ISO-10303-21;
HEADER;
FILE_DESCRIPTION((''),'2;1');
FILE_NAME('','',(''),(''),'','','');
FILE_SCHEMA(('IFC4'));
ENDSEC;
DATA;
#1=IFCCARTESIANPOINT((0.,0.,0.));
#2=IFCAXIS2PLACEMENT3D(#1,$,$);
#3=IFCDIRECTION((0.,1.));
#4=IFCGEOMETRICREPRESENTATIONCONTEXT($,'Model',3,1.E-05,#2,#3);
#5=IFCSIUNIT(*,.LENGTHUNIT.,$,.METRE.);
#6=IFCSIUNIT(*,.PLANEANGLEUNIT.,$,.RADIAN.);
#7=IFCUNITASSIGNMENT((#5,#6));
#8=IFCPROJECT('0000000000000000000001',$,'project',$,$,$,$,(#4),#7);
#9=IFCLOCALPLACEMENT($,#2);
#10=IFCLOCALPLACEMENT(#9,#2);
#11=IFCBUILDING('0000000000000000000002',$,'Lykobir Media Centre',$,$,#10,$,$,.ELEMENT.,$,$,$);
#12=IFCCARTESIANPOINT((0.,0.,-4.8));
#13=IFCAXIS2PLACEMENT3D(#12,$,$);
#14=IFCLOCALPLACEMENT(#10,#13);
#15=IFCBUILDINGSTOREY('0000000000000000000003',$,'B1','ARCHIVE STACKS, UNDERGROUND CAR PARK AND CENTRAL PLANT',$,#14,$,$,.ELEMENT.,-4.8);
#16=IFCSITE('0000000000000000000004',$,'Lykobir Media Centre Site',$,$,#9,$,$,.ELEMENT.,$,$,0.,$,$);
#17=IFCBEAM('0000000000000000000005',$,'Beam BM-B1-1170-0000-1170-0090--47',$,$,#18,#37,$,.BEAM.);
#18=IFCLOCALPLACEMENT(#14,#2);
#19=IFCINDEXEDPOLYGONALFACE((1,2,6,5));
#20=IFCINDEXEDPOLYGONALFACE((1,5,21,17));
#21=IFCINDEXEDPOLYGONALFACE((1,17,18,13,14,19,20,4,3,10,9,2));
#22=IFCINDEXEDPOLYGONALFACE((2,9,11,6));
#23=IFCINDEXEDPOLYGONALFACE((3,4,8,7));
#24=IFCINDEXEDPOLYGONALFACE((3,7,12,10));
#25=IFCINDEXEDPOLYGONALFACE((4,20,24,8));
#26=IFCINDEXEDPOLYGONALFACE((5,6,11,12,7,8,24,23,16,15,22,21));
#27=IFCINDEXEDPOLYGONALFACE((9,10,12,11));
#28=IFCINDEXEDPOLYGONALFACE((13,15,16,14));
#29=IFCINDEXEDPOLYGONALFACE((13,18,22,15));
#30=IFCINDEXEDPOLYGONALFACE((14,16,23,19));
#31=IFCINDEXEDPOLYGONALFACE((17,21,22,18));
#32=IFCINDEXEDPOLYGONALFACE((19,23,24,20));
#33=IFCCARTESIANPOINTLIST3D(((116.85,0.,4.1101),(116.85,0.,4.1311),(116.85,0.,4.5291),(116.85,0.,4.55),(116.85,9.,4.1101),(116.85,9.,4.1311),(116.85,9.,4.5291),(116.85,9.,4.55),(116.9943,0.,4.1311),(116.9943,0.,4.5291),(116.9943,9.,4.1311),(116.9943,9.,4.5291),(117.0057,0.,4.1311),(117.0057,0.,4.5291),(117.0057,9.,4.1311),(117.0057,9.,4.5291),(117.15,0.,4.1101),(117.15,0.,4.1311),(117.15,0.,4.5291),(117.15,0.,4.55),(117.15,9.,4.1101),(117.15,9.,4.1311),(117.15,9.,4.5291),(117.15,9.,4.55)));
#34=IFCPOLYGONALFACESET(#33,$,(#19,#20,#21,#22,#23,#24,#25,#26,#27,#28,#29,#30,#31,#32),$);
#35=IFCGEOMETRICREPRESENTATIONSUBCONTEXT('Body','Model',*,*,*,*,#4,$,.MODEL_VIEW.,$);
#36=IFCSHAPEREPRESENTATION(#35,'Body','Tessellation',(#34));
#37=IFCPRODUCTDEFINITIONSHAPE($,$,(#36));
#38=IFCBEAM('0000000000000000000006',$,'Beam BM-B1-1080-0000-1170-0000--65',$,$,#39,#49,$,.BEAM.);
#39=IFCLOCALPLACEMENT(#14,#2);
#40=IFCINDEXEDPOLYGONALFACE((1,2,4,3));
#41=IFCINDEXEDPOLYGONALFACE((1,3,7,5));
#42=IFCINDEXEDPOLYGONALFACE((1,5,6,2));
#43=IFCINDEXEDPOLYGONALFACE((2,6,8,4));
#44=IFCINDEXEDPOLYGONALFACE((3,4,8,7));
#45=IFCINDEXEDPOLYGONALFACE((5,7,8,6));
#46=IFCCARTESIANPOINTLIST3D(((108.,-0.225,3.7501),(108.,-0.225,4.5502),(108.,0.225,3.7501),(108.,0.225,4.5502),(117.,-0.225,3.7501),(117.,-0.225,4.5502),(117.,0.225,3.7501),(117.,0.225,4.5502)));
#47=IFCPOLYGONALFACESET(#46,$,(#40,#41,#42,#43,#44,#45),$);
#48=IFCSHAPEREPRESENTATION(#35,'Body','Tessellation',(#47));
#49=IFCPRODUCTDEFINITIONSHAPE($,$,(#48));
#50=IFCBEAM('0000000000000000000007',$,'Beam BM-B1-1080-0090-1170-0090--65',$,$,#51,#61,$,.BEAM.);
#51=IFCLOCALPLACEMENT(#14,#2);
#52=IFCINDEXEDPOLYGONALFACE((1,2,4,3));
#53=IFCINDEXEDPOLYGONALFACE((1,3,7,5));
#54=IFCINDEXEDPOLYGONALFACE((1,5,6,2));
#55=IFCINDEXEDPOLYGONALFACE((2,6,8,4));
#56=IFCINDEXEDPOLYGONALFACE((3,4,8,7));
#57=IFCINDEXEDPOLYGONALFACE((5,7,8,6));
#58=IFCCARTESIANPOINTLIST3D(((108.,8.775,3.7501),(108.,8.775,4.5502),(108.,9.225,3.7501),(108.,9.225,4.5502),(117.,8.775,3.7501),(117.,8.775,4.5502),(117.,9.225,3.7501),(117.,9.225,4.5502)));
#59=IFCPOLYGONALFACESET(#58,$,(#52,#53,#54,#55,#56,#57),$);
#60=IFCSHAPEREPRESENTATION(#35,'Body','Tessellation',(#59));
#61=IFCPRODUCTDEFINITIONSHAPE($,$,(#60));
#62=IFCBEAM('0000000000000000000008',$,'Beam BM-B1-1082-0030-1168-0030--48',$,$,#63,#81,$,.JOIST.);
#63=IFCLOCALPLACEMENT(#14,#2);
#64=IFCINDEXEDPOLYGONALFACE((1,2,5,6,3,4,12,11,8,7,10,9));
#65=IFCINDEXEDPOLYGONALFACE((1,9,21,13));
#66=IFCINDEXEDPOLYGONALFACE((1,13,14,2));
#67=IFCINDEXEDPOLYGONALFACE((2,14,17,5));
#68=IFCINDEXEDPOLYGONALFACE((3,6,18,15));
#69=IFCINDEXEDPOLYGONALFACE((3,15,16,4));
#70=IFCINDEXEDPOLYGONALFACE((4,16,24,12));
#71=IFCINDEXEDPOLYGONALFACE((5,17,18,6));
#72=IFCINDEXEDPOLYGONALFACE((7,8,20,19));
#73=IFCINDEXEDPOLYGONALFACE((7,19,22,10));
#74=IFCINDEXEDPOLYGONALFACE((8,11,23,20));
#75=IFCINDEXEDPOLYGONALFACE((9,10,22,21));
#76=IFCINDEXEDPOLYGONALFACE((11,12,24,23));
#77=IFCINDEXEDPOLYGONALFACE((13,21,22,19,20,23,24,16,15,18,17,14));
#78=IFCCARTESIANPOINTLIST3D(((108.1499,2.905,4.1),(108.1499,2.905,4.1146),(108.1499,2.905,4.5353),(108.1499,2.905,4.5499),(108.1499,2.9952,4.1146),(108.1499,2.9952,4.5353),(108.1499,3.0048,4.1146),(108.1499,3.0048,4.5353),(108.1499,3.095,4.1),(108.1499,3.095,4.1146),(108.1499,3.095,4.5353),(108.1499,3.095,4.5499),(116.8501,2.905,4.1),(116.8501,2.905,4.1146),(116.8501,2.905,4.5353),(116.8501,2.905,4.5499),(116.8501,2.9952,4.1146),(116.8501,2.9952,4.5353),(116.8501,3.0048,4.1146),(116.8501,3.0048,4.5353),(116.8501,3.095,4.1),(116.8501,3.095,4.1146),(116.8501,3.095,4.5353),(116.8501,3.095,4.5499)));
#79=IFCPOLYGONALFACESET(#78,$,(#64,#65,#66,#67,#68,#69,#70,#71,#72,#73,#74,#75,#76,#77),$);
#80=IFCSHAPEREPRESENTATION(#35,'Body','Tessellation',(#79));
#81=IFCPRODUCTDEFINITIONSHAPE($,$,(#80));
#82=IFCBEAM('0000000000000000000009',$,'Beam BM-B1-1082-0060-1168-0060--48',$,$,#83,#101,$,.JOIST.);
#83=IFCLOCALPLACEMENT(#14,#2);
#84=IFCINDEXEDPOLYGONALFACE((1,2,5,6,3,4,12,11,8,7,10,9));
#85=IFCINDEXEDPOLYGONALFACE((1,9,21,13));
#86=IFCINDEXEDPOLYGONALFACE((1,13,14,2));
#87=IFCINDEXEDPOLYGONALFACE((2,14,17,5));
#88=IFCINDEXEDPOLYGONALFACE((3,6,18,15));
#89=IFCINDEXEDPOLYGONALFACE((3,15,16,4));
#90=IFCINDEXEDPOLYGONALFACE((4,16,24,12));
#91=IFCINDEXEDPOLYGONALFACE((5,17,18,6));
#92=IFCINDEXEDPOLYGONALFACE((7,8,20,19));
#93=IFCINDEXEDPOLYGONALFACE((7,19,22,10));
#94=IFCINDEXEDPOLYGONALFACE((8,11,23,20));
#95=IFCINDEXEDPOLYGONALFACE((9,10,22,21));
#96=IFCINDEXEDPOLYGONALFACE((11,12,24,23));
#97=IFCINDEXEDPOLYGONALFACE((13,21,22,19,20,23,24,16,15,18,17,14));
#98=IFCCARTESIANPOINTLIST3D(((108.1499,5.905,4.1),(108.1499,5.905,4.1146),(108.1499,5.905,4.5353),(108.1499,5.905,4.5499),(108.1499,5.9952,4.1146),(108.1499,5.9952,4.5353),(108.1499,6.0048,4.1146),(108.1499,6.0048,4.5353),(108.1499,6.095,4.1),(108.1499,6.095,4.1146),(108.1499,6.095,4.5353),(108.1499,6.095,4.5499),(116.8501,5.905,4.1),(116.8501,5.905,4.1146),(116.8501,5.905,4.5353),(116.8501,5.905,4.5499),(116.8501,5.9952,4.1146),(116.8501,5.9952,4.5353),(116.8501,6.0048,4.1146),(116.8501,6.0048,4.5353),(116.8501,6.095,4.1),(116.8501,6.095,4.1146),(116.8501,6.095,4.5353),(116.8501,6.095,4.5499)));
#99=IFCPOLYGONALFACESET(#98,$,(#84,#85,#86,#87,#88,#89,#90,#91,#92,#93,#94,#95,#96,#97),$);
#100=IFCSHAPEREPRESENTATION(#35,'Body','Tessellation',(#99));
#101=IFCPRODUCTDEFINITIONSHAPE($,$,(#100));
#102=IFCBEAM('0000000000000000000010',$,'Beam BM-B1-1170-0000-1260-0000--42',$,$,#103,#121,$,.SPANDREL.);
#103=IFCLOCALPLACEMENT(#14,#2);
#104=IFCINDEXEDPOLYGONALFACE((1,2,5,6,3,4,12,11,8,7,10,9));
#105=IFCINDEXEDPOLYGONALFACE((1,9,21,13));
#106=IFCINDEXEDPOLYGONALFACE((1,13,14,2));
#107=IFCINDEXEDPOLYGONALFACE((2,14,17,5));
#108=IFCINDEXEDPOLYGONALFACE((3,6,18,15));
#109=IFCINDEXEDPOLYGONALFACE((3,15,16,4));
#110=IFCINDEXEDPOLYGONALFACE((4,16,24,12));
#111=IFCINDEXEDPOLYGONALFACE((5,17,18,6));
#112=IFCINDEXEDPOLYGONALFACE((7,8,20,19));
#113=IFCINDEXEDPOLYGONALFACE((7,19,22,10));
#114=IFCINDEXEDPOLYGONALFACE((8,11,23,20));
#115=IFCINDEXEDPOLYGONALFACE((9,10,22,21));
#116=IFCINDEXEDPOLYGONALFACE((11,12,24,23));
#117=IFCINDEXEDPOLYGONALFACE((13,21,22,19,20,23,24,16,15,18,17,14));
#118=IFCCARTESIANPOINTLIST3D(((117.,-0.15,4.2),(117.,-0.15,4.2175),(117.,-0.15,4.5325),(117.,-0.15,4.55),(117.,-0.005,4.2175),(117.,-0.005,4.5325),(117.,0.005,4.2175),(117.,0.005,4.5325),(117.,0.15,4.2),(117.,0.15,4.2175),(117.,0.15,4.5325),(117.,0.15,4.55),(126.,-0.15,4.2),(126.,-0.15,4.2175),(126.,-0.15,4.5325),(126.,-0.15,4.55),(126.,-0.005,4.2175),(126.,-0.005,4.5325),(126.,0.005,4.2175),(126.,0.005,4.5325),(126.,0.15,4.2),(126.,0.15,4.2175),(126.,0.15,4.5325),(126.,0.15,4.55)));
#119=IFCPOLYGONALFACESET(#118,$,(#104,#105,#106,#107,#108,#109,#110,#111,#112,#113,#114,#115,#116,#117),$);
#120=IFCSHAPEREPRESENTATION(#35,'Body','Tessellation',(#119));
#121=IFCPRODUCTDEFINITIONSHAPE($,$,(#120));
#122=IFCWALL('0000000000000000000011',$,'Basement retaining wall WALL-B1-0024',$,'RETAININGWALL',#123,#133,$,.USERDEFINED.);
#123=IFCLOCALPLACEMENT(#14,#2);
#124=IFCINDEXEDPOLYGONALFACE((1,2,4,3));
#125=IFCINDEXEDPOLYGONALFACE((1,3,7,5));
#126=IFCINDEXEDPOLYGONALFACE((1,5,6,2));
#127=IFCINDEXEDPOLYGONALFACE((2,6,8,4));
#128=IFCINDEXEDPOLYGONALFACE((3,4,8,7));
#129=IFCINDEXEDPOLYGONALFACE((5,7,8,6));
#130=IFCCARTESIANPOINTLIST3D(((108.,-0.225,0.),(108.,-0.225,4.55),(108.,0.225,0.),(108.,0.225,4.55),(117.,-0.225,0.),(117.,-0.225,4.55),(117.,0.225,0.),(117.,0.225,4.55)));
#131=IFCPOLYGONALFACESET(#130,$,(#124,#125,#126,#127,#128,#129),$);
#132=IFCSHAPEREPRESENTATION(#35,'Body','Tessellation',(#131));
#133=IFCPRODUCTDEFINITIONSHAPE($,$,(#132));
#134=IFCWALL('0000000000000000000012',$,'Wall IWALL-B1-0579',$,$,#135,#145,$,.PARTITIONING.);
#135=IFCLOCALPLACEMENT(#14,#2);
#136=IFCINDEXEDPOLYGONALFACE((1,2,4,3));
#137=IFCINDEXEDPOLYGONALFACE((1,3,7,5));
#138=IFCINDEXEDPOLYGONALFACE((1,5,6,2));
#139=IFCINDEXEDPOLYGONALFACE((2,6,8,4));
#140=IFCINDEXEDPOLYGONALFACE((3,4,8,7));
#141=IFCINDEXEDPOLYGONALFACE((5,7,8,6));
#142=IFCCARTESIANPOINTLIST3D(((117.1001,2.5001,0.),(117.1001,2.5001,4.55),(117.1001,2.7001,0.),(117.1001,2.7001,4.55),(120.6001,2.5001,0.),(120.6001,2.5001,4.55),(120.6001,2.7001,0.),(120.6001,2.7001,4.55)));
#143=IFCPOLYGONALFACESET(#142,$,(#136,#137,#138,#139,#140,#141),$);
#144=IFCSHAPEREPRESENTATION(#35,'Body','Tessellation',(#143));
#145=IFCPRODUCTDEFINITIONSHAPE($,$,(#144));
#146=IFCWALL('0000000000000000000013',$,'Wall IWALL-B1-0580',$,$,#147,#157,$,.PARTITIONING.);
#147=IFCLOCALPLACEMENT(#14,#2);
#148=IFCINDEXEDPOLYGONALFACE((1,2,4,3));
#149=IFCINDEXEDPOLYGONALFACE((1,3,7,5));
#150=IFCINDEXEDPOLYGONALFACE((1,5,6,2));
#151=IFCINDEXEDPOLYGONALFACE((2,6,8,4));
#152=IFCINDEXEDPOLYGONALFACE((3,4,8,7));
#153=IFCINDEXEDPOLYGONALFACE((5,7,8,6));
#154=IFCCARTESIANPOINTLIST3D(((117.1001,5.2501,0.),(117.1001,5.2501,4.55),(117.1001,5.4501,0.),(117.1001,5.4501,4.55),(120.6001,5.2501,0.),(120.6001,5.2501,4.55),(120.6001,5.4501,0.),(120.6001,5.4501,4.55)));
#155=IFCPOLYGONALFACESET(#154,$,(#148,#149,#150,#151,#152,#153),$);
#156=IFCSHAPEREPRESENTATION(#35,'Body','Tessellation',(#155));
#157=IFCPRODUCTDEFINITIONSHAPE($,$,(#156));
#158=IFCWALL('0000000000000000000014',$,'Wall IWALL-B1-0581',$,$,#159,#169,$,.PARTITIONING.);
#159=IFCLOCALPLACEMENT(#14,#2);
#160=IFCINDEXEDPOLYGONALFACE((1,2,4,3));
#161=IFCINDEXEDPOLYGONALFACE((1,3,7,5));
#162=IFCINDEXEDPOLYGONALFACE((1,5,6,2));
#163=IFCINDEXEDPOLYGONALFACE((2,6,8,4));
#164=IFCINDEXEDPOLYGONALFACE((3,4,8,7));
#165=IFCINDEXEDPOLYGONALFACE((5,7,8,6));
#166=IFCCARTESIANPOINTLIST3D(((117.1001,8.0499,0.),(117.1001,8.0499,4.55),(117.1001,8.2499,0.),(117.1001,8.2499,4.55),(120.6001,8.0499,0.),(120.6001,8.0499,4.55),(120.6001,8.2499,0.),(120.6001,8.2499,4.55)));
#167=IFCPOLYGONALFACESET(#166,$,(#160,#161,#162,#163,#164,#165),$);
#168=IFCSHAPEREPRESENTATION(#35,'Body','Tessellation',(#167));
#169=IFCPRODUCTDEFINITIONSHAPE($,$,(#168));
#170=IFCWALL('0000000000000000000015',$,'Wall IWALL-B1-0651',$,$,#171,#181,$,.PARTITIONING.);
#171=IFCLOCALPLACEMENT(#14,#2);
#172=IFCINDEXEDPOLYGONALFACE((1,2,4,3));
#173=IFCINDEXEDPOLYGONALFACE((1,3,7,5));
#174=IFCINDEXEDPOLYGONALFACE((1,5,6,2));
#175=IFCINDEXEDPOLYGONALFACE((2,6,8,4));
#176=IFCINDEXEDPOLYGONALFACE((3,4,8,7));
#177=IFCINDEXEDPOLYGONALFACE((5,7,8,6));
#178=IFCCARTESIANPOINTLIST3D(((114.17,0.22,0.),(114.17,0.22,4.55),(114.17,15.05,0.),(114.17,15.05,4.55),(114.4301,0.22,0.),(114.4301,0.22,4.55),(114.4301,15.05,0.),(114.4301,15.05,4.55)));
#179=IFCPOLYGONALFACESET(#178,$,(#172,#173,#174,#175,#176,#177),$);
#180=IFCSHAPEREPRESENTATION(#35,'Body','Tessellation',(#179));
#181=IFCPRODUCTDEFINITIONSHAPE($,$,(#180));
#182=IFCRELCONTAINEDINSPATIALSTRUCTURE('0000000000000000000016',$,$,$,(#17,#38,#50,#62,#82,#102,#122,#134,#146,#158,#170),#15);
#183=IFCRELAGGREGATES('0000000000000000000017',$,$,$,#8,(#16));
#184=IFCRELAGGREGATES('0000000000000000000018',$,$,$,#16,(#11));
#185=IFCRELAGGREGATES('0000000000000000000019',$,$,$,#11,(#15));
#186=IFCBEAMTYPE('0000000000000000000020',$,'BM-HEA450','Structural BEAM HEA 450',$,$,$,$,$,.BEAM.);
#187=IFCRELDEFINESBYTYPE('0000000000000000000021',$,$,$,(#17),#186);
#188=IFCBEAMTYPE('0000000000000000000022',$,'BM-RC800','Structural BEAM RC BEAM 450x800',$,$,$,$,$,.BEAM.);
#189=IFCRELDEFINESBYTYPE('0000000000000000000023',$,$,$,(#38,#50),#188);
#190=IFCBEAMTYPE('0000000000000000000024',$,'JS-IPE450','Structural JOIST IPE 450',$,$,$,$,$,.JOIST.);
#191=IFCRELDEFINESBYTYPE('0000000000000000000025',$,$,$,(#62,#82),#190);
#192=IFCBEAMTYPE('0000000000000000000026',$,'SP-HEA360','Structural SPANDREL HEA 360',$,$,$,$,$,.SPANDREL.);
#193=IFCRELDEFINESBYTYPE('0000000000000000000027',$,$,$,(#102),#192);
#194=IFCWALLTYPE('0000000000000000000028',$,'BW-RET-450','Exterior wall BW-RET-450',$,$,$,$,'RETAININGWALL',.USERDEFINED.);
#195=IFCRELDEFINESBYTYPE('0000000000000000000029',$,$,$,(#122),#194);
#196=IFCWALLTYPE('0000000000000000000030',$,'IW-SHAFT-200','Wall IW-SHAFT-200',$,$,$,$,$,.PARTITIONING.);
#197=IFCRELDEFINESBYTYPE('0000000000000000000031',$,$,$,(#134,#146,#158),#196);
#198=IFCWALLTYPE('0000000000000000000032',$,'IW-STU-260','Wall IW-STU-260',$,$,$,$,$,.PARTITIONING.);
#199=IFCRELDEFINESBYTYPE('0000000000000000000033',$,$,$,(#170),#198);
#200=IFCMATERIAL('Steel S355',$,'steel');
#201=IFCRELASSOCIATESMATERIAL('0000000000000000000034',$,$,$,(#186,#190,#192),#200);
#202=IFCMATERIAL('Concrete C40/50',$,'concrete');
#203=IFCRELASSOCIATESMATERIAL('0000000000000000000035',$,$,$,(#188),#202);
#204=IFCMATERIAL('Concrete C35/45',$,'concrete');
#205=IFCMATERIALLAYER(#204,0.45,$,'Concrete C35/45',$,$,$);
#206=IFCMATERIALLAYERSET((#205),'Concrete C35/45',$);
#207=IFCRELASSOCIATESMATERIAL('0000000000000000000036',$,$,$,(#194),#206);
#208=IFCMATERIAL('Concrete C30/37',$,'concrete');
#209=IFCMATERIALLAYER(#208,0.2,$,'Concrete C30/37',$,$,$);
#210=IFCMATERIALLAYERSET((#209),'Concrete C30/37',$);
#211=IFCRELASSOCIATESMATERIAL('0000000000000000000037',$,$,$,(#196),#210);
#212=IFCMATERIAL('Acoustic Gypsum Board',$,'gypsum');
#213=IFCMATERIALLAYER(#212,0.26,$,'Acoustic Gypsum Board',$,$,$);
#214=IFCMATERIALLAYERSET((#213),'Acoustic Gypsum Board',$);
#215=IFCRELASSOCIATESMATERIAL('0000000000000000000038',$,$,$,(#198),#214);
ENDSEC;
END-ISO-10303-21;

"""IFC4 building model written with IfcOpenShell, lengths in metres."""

from ifc_helpers import new_model, si_unit, direction, frame, frame_2d, origin, origin_2d, place, context, subcontext, project, spatial, rectangle, i_section, extrude, material, layer, layer_set, material_profile, profile_set, type_object, element, save


model = new_model("IFC4")

# Units and contexts
model_context = context("Model", 3, precision=1e-05, world=origin(), true_north=direction((0.0, 1.0)))
body_context = subcontext(model_context, "Body", "Model", "MODEL_VIEW")
ifc_project = project(units=[si_unit("LENGTHUNIT", "METRE"), si_unit("PLANEANGLEUNIT", "RADIAN")], contexts=[model_context])

# Site, building, storey
site_placement = place(None, origin())
site = spatial("IfcSite", under=ifc_project, at=site_placement, Name="Lykobir Media Centre Site", CompositionType="ELEMENT", RefElevation=0.0)
building_placement = place(site_placement, origin())
building = spatial("IfcBuilding", under=site, at=building_placement, Name="Lykobir Media Centre", CompositionType="ELEMENT")
storey_placement = place(building_placement, frame((0.0, 0.0, -4.8)))
storey = spatial("IfcBuildingStorey", under=building, at=storey_placement, Name="B1", Description="ARCHIVE STACKS, UNDERGROUND CAR PARK AND CENTRAL PLANT", CompositionType="ELEMENT", Elevation=-4.8)

# Shared definitions
ifc_material_1 = material(Name="Concrete C30/37", Category="concrete")

# Shared definitions
ifc_material_2 = material(Name="Concrete C35/45", Category="concrete")

# Shared definitions
ifc_material_3 = material(Name="Concrete C40/50", Category="concrete")
ifc_material_4 = material(Name="Steel S355", Category="steel")

# Beams
ifc_material_profile_1 = material_profile(ifc_material_4, i_section(OverallWidth=0.3, OverallDepth=0.4399, WebThickness=0.0115, FlangeThickness=0.021, at=origin_2d()), Name="HEA 450")
ifc_profile_set_1 = profile_set([ifc_material_profile_1], Name="Steel S355")
beam_type_1 = type_object("IfcBeamType", Name="BM-HEA450", Description="Structural BEAM HEA 450", PredefinedType="BEAM", material=ifc_profile_set_1)
for number, where, z_axis, x_axis, name in (
    (1, (117.0, 0.0, 4.3301), (0.0, 1.0, 0.0), (-1.0, 0.0, 0.0), "Beam BM-B1-1170-0000-1170-0090--47"),
):
    element("IfcBeam", number, at=place(storey_placement, frame(where, z_axis=z_axis, x_axis=x_axis)), inside=storey, type_object=beam_type_1, Name=name, PredefinedType="BEAM", context=body_context, shape_type="SweptSolid", body=[
        extrude(i_section(OverallWidth=0.3, OverallDepth=0.4399, WebThickness=0.0115, FlangeThickness=0.021, at=origin_2d()), origin(), (0.0, 0.0, 1.0), 9.0),
    ])
ifc_material_profile_2 = material_profile(ifc_material_3, rectangle(XDim=0.45, YDim=0.8, at=origin_2d()), Name="RC BEAM 450x800")
ifc_profile_set_2 = profile_set([ifc_material_profile_2], Name="Concrete C40/50")
beam_type_2 = type_object("IfcBeamType", Name="BM-RC800", Description="Structural BEAM RC BEAM 450x800", PredefinedType="BEAM", material=ifc_profile_set_2)
for number, where, z_axis, x_axis, name in (
    (2, (108.0, 0.0, 4.1501), (1.0, 0.0, 0.0), (0.0, 1.0, 0.0), "Beam BM-B1-1080-0000-1170-0000--65"),
    (3, (108.0, 9.0, 4.1501), (1.0, 0.0, 0.0), (0.0, 1.0, 0.0), "Beam BM-B1-1080-0090-1170-0090--65"),
):
    element("IfcBeam", number, at=place(storey_placement, frame(where, z_axis=z_axis, x_axis=x_axis)), inside=storey, type_object=beam_type_2, Name=name, PredefinedType="BEAM", context=body_context, shape_type="SweptSolid", body=[
        extrude(rectangle(XDim=0.45, YDim=0.8, at=origin_2d()), origin(), (0.0, 0.0, 1.0), 9.0),
    ])
ifc_material_profile_3 = material_profile(ifc_material_4, i_section(OverallWidth=0.1899, OverallDepth=0.45, WebThickness=0.0095, FlangeThickness=0.0146, at=origin_2d()), Name="IPE 450")
ifc_profile_set_3 = profile_set([ifc_material_profile_3], Name="Steel S355")
beam_type_3 = type_object("IfcBeamType", Name="JS-IPE450", Description="Structural JOIST IPE 450", PredefinedType="JOIST", material=ifc_profile_set_3)
for number, where, z_axis, x_axis, name in (
    (4, (108.1499, 3.0, 4.325), (1.0, 0.0, 0.0), (0.0, 1.0, 0.0), "Beam BM-B1-1082-0030-1168-0030--48"),
    (5, (108.1499, 6.0, 4.325), (1.0, 0.0, 0.0), (0.0, 1.0, 0.0), "Beam BM-B1-1082-0060-1168-0060--48"),
):
    element("IfcBeam", number, at=place(storey_placement, frame(where, z_axis=z_axis, x_axis=x_axis)), inside=storey, type_object=beam_type_3, Name=name, PredefinedType="JOIST", context=body_context, shape_type="SweptSolid", body=[
        extrude(i_section(OverallWidth=0.1899, OverallDepth=0.45, WebThickness=0.0095, FlangeThickness=0.0146, at=origin_2d()), origin(), (0.0, 0.0, 1.0), 8.7002),
    ])
ifc_material_profile_4 = material_profile(ifc_material_4, i_section(OverallWidth=0.3, OverallDepth=0.3501, WebThickness=0.01, FlangeThickness=0.0176, at=origin_2d()), Name="HEA 360")
ifc_profile_set_4 = profile_set([ifc_material_profile_4], Name="Steel S355")
beam_type_4 = type_object("IfcBeamType", Name="SP-HEA360", Description="Structural SPANDREL HEA 360", PredefinedType="SPANDREL", material=ifc_profile_set_4)
beam_placement = place(storey_placement, frame((117.0, 0.0, 4.375), z_axis=(1.0, 0.0, 0.0), x_axis=(0.0, 1.0, 0.0)))
element("IfcBeam", 6, at=beam_placement, inside=storey, type_object=beam_type_4, Name="Beam BM-B1-1170-0000-1260-0000--42", PredefinedType="SPANDREL", context=body_context, shape_type="SweptSolid", body=[
    extrude(i_section(OverallWidth=0.3, OverallDepth=0.3501, WebThickness=0.01, FlangeThickness=0.0176, at=origin_2d()), origin(), (0.0, 0.0, 1.0), 9.0),
])

# Walls
ifc_layer_1 = layer(ifc_material_2, 0.45, Name="Concrete C35/45")
ifc_layer_set_1 = layer_set([ifc_layer_1], Name="Concrete C35/45")
wall_type_1 = type_object("IfcWallType", Name="BW-RET-450", Description="Exterior wall BW-RET-450", ElementType="RETAININGWALL", PredefinedType="USERDEFINED", material=ifc_layer_set_1)
wall_1_placement = place(storey_placement, frame((108.0, 0.0, 0.0), z_axis=(0.0, 0.0, 1.0), x_axis=(1.0, 0.0, 0.0)))
element("IfcWall", 7, at=wall_1_placement, inside=storey, type_object=wall_type_1, Name="Basement retaining wall WALL-B1-0024", ObjectType="RETAININGWALL", PredefinedType="USERDEFINED", context=body_context, shape_type="SweptSolid", body=[
    extrude(rectangle(XDim=9.0, YDim=0.45, at=frame_2d((4.5, 0.0))), origin(), (0.0, 0.0, 1.0), 4.55),
])
ifc_layer_2 = layer(ifc_material_1, 0.2, Name="Concrete C30/37")
ifc_layer_set_2 = layer_set([ifc_layer_2], Name="Concrete C30/37")
wall_type_2 = type_object("IfcWallType", Name="IW-SHAFT-200", Description="Wall IW-SHAFT-200", PredefinedType="PARTITIONING", material=ifc_layer_set_2)
for number, where, z_axis, x_axis, name in (
    (8, (117.1001, 2.6001, 0.0), (0.0, 0.0, 1.0), (1.0, 0.0, 0.0), "Wall IWALL-B1-0579"),
    (9, (117.1001, 5.3501, 0.0), (0.0, 0.0, 1.0), (1.0, 0.0, 0.0), "Wall IWALL-B1-0580"),
    (10, (117.1001, 8.1499, 0.0), (0.0, 0.0, 1.0), (1.0, 0.0, 0.0), "Wall IWALL-B1-0581"),
):
    element("IfcWall", number, at=place(storey_placement, frame(where, z_axis=z_axis, x_axis=x_axis)), inside=storey, type_object=wall_type_2, Name=name, PredefinedType="PARTITIONING", context=body_context, shape_type="SweptSolid", body=[
        extrude(rectangle(XDim=3.5, YDim=0.2, at=frame_2d((1.75, 0.0))), origin(), (0.0, 0.0, 1.0), 4.55),
    ])
ifc_material_5 = material(Name="Acoustic Gypsum Board", Category="gypsum")
ifc_layer_3 = layer(ifc_material_5, 0.26, Name="Acoustic Gypsum Board")
ifc_layer_set_3 = layer_set([ifc_layer_3], Name="Acoustic Gypsum Board")
wall_type_3 = type_object("IfcWallType", Name="IW-STU-260", Description="Wall IW-STU-260", PredefinedType="PARTITIONING", material=ifc_layer_set_3)
wall_2_placement = place(storey_placement, frame((114.3, 0.22, 0.0), z_axis=(0.0, 0.0, 1.0), x_axis=(0.0, 1.0, 0.0)))
element("IfcWall", 11, at=wall_2_placement, inside=storey, type_object=wall_type_3, Name="Wall IWALL-B1-0651", PredefinedType="PARTITIONING", context=body_context, shape_type="SweptSolid", body=[
    extrude(rectangle(XDim=14.8301, YDim=0.26, at=frame_2d((7.415, 0.0))), origin(), (0.0, 0.0, 1.0), 4.55),
])

save(model, "model.ifc")
